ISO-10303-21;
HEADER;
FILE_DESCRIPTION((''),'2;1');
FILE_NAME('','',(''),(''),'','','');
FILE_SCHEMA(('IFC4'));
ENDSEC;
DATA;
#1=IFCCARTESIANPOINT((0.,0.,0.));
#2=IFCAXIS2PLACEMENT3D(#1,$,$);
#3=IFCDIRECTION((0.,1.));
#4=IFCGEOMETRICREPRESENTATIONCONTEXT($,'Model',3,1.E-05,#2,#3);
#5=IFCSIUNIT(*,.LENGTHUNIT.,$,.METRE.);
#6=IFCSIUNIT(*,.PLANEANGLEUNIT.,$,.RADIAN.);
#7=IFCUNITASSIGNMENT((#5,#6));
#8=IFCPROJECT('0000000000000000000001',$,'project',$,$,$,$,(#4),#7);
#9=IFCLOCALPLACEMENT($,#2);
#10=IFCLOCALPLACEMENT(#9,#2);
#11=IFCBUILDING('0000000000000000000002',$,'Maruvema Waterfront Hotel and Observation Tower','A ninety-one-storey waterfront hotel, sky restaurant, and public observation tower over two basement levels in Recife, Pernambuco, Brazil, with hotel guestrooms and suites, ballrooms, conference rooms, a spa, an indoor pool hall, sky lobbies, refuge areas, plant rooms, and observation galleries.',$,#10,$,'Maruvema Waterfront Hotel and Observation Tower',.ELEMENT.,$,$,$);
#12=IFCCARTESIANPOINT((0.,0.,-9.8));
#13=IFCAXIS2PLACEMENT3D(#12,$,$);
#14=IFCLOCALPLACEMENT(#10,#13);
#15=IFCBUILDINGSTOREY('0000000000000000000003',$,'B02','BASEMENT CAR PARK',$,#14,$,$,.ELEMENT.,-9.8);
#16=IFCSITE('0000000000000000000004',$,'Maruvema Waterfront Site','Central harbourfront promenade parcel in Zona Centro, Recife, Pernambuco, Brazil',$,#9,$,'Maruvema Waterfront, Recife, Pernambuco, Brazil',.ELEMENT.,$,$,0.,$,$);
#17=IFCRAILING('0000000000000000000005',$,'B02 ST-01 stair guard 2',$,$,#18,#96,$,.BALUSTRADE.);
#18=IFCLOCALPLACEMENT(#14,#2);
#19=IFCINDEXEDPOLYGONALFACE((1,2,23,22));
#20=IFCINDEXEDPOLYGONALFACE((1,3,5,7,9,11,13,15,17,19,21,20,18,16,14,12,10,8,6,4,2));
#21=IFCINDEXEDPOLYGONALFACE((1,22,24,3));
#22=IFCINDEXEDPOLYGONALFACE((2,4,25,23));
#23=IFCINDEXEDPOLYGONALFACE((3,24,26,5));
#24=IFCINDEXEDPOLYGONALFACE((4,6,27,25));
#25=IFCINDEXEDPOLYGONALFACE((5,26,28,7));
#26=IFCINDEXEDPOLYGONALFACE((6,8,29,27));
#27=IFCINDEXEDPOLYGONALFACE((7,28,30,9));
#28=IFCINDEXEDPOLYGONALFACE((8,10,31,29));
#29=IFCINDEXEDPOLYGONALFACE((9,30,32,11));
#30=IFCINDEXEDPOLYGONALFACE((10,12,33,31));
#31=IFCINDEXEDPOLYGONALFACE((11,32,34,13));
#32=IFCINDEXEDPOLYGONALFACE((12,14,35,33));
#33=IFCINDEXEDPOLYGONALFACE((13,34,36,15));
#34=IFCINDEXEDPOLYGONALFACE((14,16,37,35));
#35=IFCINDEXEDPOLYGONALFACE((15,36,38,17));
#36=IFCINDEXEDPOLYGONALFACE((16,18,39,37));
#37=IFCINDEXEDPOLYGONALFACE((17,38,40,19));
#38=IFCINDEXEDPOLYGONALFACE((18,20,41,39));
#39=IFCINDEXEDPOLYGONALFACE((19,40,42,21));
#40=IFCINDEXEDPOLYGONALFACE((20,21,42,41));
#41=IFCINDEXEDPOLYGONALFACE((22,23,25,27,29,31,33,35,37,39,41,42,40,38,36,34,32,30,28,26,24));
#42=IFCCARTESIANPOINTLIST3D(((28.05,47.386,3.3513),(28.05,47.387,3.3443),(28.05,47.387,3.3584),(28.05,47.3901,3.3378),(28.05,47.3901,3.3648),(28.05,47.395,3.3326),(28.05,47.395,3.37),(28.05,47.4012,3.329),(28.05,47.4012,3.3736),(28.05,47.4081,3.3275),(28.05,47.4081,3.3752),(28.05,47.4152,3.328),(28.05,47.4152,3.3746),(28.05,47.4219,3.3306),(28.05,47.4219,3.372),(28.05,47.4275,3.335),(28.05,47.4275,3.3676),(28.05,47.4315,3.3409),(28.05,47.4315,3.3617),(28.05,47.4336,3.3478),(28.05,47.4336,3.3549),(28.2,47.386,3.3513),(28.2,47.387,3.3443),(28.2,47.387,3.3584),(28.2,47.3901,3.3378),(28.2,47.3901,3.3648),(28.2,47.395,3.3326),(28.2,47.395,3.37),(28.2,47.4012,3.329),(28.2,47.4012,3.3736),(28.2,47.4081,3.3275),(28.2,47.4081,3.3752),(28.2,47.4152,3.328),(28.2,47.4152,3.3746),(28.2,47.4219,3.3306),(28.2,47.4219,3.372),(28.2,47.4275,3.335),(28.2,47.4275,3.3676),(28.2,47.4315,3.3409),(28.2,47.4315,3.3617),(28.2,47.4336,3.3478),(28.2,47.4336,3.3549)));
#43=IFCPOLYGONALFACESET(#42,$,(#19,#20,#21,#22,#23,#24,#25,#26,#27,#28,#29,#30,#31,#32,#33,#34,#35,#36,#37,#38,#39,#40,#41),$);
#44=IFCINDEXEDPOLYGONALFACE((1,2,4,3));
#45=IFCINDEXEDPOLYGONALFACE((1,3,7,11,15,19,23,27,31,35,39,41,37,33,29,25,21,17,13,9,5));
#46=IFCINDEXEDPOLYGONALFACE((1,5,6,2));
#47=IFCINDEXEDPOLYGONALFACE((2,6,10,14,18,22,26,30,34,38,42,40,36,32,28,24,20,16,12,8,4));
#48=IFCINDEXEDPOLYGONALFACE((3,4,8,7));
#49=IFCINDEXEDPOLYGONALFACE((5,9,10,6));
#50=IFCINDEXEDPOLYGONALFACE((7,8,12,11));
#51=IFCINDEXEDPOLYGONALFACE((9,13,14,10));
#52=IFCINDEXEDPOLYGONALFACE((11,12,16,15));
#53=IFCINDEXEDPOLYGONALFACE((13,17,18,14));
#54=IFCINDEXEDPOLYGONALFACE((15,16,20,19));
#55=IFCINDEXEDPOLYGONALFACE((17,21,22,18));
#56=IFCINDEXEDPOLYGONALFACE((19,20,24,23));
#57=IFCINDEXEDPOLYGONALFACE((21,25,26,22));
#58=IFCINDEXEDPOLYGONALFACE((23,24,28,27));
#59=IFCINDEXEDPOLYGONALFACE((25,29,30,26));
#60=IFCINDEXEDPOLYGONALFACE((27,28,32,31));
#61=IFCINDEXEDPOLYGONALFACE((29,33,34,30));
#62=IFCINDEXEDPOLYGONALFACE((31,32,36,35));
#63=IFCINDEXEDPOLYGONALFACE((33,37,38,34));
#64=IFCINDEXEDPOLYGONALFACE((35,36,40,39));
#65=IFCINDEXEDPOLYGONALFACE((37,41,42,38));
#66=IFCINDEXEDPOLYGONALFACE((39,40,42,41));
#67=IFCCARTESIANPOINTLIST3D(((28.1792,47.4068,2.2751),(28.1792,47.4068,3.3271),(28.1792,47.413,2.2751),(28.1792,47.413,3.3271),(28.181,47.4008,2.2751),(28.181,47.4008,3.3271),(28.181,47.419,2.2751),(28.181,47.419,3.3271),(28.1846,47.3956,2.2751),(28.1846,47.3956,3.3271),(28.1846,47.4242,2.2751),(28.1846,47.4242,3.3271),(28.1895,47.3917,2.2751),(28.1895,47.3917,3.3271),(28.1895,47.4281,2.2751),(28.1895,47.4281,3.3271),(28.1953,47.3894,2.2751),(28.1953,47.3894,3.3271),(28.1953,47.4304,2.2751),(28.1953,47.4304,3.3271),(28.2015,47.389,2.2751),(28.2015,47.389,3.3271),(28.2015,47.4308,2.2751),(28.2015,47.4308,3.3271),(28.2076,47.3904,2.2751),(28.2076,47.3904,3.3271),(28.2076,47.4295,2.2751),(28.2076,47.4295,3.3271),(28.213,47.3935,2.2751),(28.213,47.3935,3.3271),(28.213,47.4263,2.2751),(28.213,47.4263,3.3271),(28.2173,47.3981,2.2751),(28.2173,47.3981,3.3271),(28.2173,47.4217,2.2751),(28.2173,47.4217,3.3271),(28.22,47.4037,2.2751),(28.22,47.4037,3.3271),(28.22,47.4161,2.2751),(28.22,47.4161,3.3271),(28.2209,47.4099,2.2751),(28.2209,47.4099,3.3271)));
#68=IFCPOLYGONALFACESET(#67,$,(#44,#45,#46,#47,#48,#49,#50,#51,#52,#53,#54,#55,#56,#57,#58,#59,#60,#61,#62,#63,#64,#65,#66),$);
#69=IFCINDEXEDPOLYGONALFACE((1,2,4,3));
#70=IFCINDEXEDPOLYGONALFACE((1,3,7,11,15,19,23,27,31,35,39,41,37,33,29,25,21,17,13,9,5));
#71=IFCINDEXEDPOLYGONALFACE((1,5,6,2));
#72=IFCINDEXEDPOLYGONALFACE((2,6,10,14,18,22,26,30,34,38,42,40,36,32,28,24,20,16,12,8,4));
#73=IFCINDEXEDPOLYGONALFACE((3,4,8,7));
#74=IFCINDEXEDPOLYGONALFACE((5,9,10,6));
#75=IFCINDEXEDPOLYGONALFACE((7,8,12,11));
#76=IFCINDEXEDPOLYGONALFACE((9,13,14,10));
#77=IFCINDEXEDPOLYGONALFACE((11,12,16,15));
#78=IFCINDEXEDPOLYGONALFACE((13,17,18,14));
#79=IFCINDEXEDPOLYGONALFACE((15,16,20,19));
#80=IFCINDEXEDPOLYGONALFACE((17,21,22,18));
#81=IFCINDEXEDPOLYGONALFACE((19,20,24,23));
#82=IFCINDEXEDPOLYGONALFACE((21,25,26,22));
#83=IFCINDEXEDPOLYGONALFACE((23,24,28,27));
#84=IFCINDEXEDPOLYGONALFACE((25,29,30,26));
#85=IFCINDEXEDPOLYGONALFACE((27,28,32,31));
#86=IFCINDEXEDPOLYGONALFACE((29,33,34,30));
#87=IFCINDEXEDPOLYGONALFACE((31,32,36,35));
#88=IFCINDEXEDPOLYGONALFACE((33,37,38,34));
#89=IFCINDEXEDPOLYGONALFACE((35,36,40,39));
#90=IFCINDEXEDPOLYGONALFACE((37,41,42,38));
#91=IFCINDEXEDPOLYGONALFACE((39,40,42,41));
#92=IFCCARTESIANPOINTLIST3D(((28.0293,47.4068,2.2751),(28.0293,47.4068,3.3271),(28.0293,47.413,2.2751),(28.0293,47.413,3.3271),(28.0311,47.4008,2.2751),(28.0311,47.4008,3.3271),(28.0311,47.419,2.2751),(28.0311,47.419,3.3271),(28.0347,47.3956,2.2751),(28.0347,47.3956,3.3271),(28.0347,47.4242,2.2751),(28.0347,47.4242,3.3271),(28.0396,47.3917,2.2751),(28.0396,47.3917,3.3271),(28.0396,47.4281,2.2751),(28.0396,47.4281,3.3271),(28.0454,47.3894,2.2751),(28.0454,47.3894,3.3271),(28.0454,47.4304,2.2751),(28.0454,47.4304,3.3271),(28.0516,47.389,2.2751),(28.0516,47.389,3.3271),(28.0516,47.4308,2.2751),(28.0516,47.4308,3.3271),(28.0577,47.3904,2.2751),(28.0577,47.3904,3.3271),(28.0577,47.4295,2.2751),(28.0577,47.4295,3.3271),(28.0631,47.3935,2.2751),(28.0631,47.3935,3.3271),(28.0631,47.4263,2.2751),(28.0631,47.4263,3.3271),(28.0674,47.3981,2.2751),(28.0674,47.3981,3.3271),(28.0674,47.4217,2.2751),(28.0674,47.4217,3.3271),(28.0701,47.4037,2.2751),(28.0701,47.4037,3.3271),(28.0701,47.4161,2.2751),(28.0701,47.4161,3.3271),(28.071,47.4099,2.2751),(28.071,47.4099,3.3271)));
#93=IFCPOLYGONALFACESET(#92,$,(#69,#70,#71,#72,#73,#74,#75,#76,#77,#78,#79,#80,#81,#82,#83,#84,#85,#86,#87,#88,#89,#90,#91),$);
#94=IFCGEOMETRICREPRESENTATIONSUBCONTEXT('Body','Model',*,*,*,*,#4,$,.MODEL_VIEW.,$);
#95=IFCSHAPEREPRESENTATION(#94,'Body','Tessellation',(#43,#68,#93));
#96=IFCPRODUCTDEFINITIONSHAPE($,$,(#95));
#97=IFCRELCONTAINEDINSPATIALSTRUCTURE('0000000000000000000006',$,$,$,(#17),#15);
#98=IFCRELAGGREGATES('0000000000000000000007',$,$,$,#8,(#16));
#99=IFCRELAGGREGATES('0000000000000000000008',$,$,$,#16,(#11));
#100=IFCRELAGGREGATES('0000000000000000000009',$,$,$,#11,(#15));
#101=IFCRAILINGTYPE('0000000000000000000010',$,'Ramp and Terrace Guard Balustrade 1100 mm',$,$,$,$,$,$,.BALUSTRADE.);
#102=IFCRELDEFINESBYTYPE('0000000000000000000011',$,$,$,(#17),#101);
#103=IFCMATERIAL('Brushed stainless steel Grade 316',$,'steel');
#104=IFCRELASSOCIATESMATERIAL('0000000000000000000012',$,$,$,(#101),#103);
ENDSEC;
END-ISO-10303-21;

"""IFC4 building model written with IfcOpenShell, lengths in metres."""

from ifc_helpers import new_model, si_unit, direction, frame, origin, origin_2d, place, context, subcontext, project, spatial, circle, extrude, material, type_object, element, save


model = new_model("IFC4")

# Units and contexts
model_context = context("Model", 3, precision=1e-05, world=origin(), true_north=direction((0.0, 1.0)))
body_context = subcontext(model_context, "Body", "Model", "MODEL_VIEW")
ifc_project = project(units=[si_unit("LENGTHUNIT", "METRE"), si_unit("PLANEANGLEUNIT", "RADIAN")], contexts=[model_context])

# Site, building, storey
site_placement = place(None, origin())
site = spatial("IfcSite", under=ifc_project, at=site_placement, Name="Maruvema Waterfront Site", Description="Central harbourfront promenade parcel in Zona Centro, Recife, Pernambuco, Brazil", LongName="Maruvema Waterfront, Recife, Pernambuco, Brazil", CompositionType="ELEMENT", RefElevation=0.0)
building_placement = place(site_placement, origin())
building = spatial("IfcBuilding", under=site, at=building_placement, Name="Maruvema Waterfront Hotel and Observation Tower", Description="A ninety-one-storey waterfront hotel, sky restaurant, and public observation tower over two basement levels in Recife, Pernambuco, Brazil, with hotel guestrooms and suites, ballrooms, conference rooms, a spa, an indoor pool hall, sky lobbies, refuge areas, plant rooms, and observation galleries.", LongName="Maruvema Waterfront Hotel and Observation Tower", CompositionType="ELEMENT")
storey_placement = place(building_placement, frame((0.0, 0.0, -9.8)))
storey = spatial("IfcBuildingStorey", under=building, at=storey_placement, Name="B02", Description="BASEMENT CAR PARK", CompositionType="ELEMENT", Elevation=-9.8)

# Railing
ifc_material_1 = material(Name="Brushed stainless steel Grade 316", Category="steel")
railing_type_1 = type_object("IfcRailingType", Name="Ramp and Terrace Guard Balustrade 1100 mm", PredefinedType="BALUSTRADE", material=ifc_material_1)
railing_1_placement = place(storey_placement, frame((28.2, 47.4099, 2.2751)))
element("IfcRailing", 1, at=railing_1_placement, inside=storey, type_object=railing_type_1, Name="B02 ST-01 stair guard 2", PredefinedType="BALUSTRADE", context=body_context, shape_type="SweptSolid", body=[
    extrude(circle(Radius=0.0239, at=origin_2d()), frame((0.0, 0.0, 1.0762), z_axis=(-1.0, 0.0, 0.0), x_axis=(0.0, -1.0, 0.0)), (0.0, 0.0, 1.0), 0.1499),
    extrude(circle(Radius=0.021, at=origin_2d()), origin(), (0.0, 0.0, 1.0), 1.052),
    extrude(circle(Radius=0.021, at=origin_2d()), frame((-0.1499, 0.0, 0.0)), (0.0, 0.0, 1.0), 1.052),
])

save(model, "model.ifc")
